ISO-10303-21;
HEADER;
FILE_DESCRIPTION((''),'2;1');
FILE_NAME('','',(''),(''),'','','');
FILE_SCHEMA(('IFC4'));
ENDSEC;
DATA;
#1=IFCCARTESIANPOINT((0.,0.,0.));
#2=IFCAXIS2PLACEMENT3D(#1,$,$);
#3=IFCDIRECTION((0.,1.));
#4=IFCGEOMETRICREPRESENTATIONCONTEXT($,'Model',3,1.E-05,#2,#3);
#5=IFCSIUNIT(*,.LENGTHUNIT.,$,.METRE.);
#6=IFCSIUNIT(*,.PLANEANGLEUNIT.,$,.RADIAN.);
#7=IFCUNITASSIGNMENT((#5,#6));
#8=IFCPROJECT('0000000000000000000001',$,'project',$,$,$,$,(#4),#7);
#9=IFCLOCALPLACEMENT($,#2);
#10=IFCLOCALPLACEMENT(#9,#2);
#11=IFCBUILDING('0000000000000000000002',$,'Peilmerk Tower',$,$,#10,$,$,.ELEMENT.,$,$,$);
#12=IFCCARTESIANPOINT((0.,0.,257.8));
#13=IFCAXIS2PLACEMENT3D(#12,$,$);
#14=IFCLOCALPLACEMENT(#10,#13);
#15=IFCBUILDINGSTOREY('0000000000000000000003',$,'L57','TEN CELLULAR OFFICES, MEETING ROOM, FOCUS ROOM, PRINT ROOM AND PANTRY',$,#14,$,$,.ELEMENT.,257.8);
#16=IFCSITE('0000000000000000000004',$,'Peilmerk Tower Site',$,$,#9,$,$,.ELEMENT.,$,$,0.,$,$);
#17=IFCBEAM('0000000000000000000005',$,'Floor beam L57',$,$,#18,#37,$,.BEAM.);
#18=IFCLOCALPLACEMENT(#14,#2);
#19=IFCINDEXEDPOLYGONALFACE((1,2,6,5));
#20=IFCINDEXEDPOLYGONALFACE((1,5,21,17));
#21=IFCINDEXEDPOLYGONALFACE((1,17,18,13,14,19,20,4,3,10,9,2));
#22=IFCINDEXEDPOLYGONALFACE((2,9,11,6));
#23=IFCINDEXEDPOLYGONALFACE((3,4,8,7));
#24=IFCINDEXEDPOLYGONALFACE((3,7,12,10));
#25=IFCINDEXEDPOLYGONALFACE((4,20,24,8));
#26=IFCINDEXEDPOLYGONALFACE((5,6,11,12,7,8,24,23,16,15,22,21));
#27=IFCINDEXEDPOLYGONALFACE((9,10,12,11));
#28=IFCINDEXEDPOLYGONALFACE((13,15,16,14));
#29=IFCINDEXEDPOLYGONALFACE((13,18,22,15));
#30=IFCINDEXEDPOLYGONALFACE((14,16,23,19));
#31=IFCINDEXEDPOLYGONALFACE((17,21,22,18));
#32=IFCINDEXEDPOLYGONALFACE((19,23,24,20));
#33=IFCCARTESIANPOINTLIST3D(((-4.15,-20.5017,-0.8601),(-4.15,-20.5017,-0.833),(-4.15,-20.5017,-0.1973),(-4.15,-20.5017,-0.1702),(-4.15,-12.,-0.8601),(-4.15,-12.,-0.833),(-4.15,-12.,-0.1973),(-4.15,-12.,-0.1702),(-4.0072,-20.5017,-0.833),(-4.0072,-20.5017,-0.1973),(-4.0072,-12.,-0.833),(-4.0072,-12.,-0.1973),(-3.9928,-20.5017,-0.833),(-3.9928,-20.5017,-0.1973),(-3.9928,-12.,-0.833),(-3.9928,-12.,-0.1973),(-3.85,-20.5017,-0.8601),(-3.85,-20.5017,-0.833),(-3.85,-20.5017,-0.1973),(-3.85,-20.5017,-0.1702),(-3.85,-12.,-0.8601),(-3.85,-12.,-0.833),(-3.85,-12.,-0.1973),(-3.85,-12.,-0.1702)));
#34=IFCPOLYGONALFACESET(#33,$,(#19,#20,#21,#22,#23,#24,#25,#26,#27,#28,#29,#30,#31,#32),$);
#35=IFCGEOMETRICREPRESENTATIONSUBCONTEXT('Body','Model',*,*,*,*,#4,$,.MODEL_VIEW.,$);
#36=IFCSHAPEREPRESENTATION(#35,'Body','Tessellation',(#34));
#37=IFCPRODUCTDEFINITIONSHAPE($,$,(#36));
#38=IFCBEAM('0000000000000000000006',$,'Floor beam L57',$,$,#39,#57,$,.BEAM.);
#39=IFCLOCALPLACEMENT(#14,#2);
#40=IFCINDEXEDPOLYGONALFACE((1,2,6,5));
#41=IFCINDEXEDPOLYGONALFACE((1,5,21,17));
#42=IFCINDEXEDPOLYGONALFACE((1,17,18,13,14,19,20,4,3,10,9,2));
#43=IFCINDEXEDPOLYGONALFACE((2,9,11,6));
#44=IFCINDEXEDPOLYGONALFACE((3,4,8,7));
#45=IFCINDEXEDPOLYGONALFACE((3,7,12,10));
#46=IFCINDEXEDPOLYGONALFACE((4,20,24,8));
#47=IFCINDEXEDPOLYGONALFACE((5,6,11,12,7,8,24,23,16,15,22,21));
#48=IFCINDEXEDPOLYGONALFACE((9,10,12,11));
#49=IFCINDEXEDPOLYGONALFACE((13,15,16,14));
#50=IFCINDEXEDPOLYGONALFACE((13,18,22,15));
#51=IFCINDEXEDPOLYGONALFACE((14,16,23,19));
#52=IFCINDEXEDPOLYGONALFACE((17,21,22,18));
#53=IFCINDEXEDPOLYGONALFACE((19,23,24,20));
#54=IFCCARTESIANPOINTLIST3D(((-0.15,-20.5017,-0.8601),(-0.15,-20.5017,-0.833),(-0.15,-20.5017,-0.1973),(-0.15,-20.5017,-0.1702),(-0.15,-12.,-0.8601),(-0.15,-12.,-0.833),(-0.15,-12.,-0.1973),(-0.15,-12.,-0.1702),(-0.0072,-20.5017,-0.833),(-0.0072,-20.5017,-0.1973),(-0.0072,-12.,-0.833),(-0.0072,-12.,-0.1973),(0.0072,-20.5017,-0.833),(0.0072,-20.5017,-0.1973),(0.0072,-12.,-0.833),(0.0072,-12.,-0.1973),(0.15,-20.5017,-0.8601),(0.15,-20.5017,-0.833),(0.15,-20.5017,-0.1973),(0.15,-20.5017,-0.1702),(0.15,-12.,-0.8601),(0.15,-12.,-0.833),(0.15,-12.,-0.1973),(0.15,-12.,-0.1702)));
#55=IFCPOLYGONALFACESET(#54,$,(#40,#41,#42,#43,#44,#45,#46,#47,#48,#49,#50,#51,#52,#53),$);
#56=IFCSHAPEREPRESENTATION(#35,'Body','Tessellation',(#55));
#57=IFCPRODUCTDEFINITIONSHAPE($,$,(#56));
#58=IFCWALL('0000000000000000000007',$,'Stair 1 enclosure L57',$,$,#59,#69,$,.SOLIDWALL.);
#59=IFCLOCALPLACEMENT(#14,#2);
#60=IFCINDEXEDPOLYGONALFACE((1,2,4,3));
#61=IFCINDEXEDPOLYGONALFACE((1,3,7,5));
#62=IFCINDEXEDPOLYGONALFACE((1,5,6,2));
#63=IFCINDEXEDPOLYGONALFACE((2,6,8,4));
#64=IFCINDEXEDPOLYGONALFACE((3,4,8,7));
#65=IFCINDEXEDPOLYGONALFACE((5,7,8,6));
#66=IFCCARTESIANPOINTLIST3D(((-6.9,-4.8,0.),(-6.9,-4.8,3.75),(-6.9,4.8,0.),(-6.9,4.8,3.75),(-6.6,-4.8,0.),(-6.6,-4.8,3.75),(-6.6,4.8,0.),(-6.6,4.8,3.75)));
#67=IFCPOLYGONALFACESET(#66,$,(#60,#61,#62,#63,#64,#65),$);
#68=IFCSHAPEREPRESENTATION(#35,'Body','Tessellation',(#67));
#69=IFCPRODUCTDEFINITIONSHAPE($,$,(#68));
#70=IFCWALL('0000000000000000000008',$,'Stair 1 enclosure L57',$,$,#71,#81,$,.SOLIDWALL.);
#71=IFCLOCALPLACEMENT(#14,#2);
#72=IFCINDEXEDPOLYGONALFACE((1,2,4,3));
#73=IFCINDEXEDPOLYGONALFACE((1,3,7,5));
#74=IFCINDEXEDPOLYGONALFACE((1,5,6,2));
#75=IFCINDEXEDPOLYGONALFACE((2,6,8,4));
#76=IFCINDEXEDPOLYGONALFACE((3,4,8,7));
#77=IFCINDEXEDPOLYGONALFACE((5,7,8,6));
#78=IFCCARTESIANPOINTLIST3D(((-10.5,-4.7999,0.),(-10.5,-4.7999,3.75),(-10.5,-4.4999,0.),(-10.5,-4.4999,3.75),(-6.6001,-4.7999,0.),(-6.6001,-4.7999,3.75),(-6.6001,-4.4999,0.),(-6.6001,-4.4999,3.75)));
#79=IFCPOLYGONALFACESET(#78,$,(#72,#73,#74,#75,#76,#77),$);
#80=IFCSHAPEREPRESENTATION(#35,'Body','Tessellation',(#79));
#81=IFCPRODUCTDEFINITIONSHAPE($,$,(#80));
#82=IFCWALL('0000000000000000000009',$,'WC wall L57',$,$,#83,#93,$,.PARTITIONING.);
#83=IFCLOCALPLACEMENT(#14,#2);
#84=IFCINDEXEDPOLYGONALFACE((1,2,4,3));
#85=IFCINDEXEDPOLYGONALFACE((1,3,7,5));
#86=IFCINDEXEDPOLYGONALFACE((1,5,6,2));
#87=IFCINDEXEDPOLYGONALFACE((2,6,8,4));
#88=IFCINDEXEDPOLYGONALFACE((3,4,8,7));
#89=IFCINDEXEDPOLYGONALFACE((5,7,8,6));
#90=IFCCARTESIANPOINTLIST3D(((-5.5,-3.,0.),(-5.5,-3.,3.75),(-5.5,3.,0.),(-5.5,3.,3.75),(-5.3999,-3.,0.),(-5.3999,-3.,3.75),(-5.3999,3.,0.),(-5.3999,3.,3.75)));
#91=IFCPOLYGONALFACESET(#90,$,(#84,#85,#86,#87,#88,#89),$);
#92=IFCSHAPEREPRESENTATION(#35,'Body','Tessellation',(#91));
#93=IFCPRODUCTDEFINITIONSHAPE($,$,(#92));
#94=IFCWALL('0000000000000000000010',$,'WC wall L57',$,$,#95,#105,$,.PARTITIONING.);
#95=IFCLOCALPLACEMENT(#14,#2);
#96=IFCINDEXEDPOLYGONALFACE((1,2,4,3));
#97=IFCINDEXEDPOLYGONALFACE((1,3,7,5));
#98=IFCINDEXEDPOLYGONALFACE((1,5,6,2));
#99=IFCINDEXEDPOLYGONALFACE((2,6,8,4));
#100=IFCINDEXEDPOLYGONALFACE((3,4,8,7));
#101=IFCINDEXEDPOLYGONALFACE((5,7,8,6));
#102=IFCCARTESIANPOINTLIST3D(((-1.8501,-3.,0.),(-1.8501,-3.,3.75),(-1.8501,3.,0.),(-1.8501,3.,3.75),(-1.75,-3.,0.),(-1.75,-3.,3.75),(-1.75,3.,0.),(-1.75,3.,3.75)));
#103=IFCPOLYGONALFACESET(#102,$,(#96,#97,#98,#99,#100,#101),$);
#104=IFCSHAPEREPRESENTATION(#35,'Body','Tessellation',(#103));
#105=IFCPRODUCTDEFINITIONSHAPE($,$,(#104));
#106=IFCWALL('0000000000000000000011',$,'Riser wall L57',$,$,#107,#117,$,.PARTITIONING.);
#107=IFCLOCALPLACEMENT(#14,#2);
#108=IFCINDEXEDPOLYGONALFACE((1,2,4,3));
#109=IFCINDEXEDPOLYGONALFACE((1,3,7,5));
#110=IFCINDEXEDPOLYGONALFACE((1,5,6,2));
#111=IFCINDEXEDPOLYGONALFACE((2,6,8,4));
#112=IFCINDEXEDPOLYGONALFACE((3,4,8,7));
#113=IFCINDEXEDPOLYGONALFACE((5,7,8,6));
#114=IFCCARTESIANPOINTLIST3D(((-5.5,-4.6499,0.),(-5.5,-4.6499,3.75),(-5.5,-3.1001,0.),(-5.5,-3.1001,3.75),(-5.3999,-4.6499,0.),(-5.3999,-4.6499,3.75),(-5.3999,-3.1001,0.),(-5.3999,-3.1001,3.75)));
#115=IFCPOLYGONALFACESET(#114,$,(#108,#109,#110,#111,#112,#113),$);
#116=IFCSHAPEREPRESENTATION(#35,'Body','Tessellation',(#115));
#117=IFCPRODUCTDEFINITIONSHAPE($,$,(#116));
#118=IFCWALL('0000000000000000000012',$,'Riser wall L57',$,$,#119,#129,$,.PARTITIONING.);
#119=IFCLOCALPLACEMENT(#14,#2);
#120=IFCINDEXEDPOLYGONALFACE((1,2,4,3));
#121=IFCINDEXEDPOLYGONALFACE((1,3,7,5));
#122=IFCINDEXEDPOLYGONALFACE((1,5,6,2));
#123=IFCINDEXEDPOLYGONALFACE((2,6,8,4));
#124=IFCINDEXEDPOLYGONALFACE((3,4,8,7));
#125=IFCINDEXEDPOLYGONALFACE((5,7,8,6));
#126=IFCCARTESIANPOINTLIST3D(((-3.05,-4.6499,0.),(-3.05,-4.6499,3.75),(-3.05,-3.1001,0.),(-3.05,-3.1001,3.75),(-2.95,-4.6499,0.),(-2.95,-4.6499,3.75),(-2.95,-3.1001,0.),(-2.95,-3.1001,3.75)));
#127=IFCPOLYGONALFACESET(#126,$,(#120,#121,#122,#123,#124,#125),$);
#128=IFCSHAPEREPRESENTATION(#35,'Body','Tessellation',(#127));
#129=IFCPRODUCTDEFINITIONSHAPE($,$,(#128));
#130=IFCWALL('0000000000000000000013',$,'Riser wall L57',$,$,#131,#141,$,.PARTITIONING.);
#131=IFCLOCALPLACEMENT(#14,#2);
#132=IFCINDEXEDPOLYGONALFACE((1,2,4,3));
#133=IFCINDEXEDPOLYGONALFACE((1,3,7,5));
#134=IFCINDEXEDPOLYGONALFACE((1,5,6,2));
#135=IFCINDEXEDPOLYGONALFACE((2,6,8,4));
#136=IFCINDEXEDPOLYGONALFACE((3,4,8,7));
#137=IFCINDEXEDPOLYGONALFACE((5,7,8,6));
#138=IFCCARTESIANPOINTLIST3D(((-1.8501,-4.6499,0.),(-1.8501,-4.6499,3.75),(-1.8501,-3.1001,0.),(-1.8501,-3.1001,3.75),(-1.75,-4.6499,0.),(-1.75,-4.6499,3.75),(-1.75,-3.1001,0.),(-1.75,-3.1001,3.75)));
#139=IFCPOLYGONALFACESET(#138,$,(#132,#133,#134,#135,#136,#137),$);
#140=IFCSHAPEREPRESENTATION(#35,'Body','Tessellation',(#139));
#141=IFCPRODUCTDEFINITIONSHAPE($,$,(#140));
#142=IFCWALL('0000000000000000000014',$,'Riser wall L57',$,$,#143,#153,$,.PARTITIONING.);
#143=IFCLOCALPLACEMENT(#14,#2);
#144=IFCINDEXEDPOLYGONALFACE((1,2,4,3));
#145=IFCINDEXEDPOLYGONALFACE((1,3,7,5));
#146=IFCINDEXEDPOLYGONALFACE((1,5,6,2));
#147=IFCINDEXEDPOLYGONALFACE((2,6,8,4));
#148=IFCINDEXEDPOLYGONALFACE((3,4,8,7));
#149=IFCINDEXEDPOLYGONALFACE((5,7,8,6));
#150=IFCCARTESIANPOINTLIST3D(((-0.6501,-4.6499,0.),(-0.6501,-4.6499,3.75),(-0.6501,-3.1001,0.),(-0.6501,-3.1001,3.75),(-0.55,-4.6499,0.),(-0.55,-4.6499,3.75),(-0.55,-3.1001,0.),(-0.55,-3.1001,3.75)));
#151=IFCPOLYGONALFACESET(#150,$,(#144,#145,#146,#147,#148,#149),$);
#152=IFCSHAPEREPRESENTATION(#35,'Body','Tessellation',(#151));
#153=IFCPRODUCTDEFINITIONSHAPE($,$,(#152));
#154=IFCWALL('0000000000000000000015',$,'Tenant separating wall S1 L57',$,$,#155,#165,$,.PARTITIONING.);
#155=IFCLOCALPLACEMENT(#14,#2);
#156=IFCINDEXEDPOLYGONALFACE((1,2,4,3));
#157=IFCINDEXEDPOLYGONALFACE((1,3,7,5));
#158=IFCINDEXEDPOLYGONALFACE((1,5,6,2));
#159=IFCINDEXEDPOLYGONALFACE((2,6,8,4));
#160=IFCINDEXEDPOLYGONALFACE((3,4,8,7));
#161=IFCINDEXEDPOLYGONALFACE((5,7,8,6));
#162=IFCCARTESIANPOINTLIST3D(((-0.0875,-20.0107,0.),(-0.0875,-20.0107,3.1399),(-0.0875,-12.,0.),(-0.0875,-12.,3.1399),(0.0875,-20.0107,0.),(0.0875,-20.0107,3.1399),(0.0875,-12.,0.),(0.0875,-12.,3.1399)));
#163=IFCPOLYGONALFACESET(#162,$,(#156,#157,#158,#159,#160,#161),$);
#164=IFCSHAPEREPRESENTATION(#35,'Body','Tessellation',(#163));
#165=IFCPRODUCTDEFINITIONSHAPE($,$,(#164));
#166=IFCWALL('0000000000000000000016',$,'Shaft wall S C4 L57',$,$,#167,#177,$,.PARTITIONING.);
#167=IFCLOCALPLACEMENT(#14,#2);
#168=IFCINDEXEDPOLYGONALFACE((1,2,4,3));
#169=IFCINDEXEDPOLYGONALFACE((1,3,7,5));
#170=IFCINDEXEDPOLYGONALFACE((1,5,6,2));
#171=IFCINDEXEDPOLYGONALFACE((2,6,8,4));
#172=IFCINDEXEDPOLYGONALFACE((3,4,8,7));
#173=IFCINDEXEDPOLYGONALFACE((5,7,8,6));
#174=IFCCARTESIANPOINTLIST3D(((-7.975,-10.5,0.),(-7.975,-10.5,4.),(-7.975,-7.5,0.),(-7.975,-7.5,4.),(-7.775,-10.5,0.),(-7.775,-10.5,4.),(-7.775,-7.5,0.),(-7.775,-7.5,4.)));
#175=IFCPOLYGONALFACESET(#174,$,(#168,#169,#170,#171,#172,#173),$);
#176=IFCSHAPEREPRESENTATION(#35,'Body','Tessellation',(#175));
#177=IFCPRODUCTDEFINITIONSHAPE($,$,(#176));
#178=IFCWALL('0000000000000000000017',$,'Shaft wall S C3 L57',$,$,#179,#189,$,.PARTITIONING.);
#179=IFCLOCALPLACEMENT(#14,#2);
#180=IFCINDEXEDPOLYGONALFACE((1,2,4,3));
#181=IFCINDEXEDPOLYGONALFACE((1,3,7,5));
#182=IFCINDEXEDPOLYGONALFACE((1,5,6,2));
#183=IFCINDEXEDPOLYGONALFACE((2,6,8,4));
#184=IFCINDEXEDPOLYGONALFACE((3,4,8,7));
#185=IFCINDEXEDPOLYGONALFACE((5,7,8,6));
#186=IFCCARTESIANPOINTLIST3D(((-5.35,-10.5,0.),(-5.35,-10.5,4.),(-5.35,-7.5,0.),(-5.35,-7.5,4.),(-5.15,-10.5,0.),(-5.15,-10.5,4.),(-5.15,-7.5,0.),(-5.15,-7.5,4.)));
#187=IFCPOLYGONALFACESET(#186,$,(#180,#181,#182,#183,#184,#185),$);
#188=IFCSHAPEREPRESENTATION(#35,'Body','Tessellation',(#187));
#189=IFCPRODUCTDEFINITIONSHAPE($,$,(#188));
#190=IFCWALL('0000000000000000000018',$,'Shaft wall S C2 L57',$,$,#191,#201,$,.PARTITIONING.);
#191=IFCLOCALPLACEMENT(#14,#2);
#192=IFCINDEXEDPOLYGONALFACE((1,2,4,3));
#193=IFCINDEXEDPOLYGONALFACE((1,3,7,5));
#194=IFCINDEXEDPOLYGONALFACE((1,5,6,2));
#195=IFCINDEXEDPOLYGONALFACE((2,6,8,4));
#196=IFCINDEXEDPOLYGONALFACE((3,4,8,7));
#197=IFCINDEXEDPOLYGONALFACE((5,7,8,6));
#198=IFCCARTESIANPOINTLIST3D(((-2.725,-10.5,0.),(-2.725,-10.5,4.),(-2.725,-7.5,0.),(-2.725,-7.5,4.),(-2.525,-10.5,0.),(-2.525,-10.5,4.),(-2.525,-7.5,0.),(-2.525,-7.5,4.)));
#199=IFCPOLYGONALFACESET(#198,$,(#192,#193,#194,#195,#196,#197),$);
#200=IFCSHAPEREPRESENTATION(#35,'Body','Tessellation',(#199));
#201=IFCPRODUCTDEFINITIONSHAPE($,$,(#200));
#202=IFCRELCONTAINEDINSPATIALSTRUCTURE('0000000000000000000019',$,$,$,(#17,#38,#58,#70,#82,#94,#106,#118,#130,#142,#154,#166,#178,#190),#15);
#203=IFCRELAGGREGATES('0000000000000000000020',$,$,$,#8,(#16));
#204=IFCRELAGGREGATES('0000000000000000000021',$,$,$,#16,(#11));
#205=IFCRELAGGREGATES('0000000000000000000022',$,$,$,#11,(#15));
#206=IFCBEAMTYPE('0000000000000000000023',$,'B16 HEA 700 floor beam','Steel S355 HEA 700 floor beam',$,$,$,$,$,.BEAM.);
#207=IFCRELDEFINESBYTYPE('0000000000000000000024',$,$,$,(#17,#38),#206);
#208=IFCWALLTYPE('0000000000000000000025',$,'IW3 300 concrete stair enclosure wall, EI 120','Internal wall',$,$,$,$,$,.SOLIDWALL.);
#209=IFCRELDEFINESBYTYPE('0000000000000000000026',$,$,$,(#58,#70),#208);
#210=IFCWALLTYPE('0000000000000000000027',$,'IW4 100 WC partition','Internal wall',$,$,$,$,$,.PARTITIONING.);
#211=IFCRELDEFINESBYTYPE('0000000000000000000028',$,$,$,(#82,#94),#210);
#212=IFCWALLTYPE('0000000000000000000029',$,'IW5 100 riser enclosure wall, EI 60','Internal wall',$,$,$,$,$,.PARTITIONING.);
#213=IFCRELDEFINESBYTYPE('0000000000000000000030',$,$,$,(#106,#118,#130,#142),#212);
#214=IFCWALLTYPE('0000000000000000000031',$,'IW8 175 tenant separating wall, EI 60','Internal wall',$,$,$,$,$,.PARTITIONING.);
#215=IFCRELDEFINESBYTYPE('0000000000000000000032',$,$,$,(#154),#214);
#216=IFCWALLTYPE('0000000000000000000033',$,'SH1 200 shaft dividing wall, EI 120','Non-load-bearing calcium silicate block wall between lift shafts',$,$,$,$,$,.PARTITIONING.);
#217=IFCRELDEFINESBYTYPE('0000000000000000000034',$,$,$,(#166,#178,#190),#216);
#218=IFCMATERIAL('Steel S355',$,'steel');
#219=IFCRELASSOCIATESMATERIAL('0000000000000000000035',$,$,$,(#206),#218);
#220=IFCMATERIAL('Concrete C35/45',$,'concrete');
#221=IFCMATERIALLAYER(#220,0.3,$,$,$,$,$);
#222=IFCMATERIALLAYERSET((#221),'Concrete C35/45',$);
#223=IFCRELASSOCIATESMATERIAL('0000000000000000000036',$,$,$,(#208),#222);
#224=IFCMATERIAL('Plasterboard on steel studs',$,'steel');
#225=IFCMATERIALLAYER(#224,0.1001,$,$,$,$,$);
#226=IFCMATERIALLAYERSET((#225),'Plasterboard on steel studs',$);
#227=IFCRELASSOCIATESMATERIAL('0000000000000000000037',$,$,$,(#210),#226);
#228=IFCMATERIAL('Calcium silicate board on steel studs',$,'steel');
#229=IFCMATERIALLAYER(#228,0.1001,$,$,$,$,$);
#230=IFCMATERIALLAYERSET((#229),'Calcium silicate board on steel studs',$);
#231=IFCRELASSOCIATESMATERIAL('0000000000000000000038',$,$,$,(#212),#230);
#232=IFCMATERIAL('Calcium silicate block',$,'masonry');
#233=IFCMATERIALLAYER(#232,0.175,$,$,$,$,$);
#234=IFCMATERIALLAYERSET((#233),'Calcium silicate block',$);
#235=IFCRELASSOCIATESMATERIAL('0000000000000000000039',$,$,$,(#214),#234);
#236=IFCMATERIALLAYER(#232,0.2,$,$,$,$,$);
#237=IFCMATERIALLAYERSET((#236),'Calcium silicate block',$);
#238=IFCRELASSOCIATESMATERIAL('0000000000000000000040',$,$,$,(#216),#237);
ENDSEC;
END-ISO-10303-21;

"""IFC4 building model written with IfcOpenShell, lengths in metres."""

from ifc_helpers import new_model, si_unit, direction, frame, frame_2d, origin, origin_2d, place, context, subcontext, project, spatial, rectangle, i_section, extrude, material, layer, layer_set, material_profile, profile_set, type_object, element, save


model = new_model("IFC4")

# Units and contexts
model_context = context("Model", 3, precision=1e-05, world=origin(), true_north=direction((0.0, 1.0)))
body_context = subcontext(model_context, "Body", "Model", "MODEL_VIEW")
ifc_project = project(units=[si_unit("LENGTHUNIT", "METRE"), si_unit("PLANEANGLEUNIT", "RADIAN")], contexts=[model_context])

# Site, building, storey
site_placement = place(None, origin())
site = spatial("IfcSite", under=ifc_project, at=site_placement, Name="Peilmerk Tower Site", CompositionType="ELEMENT", RefElevation=0.0)
building_placement = place(site_placement, origin())
building = spatial("IfcBuilding", under=site, at=building_placement, Name="Peilmerk Tower", CompositionType="ELEMENT")
storey_placement = place(building_placement, frame((0.0, 0.0, 257.8)))
storey = spatial("IfcBuildingStorey", under=building, at=storey_placement, Name="L57", Description="TEN CELLULAR OFFICES, MEETING ROOM, FOCUS ROOM, PRINT ROOM AND PANTRY", CompositionType="ELEMENT", Elevation=257.8)

# Beams
ifc_material_1 = material(Name="Steel S355", Category="steel")
ifc_material_profile = material_profile(ifc_material_1, i_section(OverallWidth=0.3, OverallDepth=0.6899, WebThickness=0.0144, FlangeThickness=0.0271, at=origin_2d()), Name="HEA 700")
ifc_profile_set = profile_set([ifc_material_profile], Name="Steel S355")
beam_type = type_object("IfcBeamType", Name="B16 HEA 700 floor beam", Description="Steel S355 HEA 700 floor beam", PredefinedType="BEAM", material=ifc_profile_set)
for number, where, z_axis, x_axis, name in (
    (1, (-4.0, -12.0, -0.5151), (0.0, -1.0, 0.0), (1.0, 0.0, 0.0), "Floor beam L57"),
    (2, (0.0, -12.0, -0.5151), (0.0, -1.0, 0.0), (1.0, 0.0, 0.0), "Floor beam L57"),
):
    element("IfcBeam", number, at=place(storey_placement, frame(where, z_axis=z_axis, x_axis=x_axis)), inside=storey, type_object=beam_type, Name=name, PredefinedType="BEAM", context=body_context, shape_type="SweptSolid", body=[
        extrude(i_section(OverallWidth=0.3, OverallDepth=0.6899, WebThickness=0.0144, FlangeThickness=0.0271, at=origin_2d()), origin(), (0.0, 0.0, 1.0), 8.5017),
    ])

# Walls
ifc_material_2 = material(Name="Concrete C35/45", Category="concrete")
ifc_layer_1 = layer(ifc_material_2, 0.3)
ifc_layer_set_1 = layer_set([ifc_layer_1], Name="Concrete C35/45")
wall_type_1 = type_object("IfcWallType", Name="IW3 300 concrete stair enclosure wall, EI 120", Description="Internal wall", PredefinedType="SOLIDWALL", material=ifc_layer_set_1)
wall_1_placement = place(storey_placement, frame((-6.75, -4.8, 0.0), z_axis=(0.0, 0.0, 1.0), x_axis=(0.0, 1.0, 0.0)))
element("IfcWall", 3, at=wall_1_placement, inside=storey, type_object=wall_type_1, Name="Stair 1 enclosure L57", PredefinedType="SOLIDWALL", context=body_context, shape_type="SweptSolid", body=[
    extrude(rectangle(XDim=9.6001, YDim=0.3, at=frame_2d((4.8, 0.0))), origin(), (0.0, 0.0, 1.0), 3.75),
])
wall_2_placement = place(storey_placement, frame((-6.6001, -4.6499, 0.0), z_axis=(0.0, 0.0, 1.0), x_axis=(-1.0, 0.0, 0.0)))
element("IfcWall", 4, at=wall_2_placement, inside=storey, type_object=wall_type_1, Name="Stair 1 enclosure L57", PredefinedType="SOLIDWALL", context=body_context, shape_type="SweptSolid", body=[
    extrude(rectangle(XDim=3.8999, YDim=0.3, at=frame_2d((1.95, 0.0))), origin(), (0.0, 0.0, 1.0), 3.75),
])
ifc_material_3 = material(Name="Plasterboard on steel studs", Category="steel")
ifc_layer_2 = layer(ifc_material_3, 0.1001)
ifc_layer_set_2 = layer_set([ifc_layer_2], Name="Plasterboard on steel studs")
wall_type_2 = type_object("IfcWallType", Name="IW4 100 WC partition", Description="Internal wall", PredefinedType="PARTITIONING", material=ifc_layer_set_2)
for number, where, z_axis, x_axis, name in (
    (5, (-5.45, -3.0, 0.0), (0.0, 0.0, 1.0), (0.0, 1.0, 0.0), "WC wall L57"),
    (6, (-1.8, -3.0, 0.0), (0.0, 0.0, 1.0), (0.0, 1.0, 0.0), "WC wall L57"),
):
    element("IfcWall", number, at=place(storey_placement, frame(where, z_axis=z_axis, x_axis=x_axis)), inside=storey, type_object=wall_type_2, Name=name, PredefinedType="PARTITIONING", context=body_context, shape_type="SweptSolid", body=[
        extrude(rectangle(XDim=6.0, YDim=0.1001, at=frame_2d((3.0, 0.0))), origin(), (0.0, 0.0, 1.0), 3.75),
    ])
ifc_material_4 = material(Name="Calcium silicate board on steel studs", Category="steel")
ifc_layer_3 = layer(ifc_material_4, 0.1001)
ifc_layer_set_3 = layer_set([ifc_layer_3], Name="Calcium silicate board on steel studs")
wall_type_3 = type_object("IfcWallType", Name="IW5 100 riser enclosure wall, EI 60", Description="Internal wall", PredefinedType="PARTITIONING", material=ifc_layer_set_3)
for number, where, z_axis, x_axis, name in (
    (7, (-5.45, -3.1001, 0.0), (0.0, 0.0, 1.0), (0.0, -1.0, 0.0), "Riser wall L57"),
    (8, (-3.0, -3.1001, 0.0), (0.0, 0.0, 1.0), (0.0, -1.0, 0.0), "Riser wall L57"),
    (9, (-1.8, -3.1001, 0.0), (0.0, 0.0, 1.0), (0.0, -1.0, 0.0), "Riser wall L57"),
    (10, (-0.6001, -3.1001, 0.0), (0.0, 0.0, 1.0), (0.0, -1.0, 0.0), "Riser wall L57"),
):
    element("IfcWall", number, at=place(storey_placement, frame(where, z_axis=z_axis, x_axis=x_axis)), inside=storey, type_object=wall_type_3, Name=name, PredefinedType="PARTITIONING", context=body_context, shape_type="SweptSolid", body=[
        extrude(rectangle(XDim=1.5498, YDim=0.1001, at=frame_2d((0.7749, 0.0))), origin(), (0.0, 0.0, 1.0), 3.75),
    ])
ifc_material_5 = material(Name="Calcium silicate block", Category="masonry")
ifc_layer_4 = layer(ifc_material_5, 0.175)
ifc_layer_set_4 = layer_set([ifc_layer_4], Name="Calcium silicate block")
wall_type_4 = type_object("IfcWallType", Name="IW8 175 tenant separating wall, EI 60", Description="Internal wall", PredefinedType="PARTITIONING", material=ifc_layer_set_4)
wall_3_placement = place(storey_placement, frame((0.0, -12.0, 0.0), z_axis=(0.0, 0.0, 1.0), x_axis=(0.0, -1.0, 0.0)))
element("IfcWall", 11, at=wall_3_placement, inside=storey, type_object=wall_type_4, Name="Tenant separating wall S1 L57", PredefinedType="PARTITIONING", context=body_context, shape_type="SweptSolid", body=[
    extrude(rectangle(XDim=8.0107, YDim=0.175, at=frame_2d((4.0054, 0.0))), origin(), (0.0, 0.0, 1.0), 3.1399),
])
ifc_layer_5 = layer(ifc_material_5, 0.2)
ifc_layer_set_5 = layer_set([ifc_layer_5], Name="Calcium silicate block")
wall_type_5 = type_object("IfcWallType", Name="SH1 200 shaft dividing wall, EI 120", Description="Non-load-bearing calcium silicate block wall between lift shafts", PredefinedType="PARTITIONING", material=ifc_layer_set_5)
for number, where, z_axis, x_axis, name in (
    (12, (-7.875, -10.5, 0.0), (0.0, 0.0, 1.0), (0.0, 1.0, 0.0), "Shaft wall S C4 L57"),
    (13, (-5.25, -10.5, 0.0), (0.0, 0.0, 1.0), (0.0, 1.0, 0.0), "Shaft wall S C3 L57"),
    (14, (-2.625, -10.5, 0.0), (0.0, 0.0, 1.0), (0.0, 1.0, 0.0), "Shaft wall S C2 L57"),
):
    element("IfcWall", number, at=place(storey_placement, frame(where, z_axis=z_axis, x_axis=x_axis)), inside=storey, type_object=wall_type_5, Name=name, PredefinedType="PARTITIONING", context=body_context, shape_type="SweptSolid", body=[
        extrude(rectangle(XDim=3.0, YDim=0.2, at=frame_2d((1.5, 0.0))), origin(), (0.0, 0.0, 1.0), 4.0),
    ])

save(model, "model.ifc")
